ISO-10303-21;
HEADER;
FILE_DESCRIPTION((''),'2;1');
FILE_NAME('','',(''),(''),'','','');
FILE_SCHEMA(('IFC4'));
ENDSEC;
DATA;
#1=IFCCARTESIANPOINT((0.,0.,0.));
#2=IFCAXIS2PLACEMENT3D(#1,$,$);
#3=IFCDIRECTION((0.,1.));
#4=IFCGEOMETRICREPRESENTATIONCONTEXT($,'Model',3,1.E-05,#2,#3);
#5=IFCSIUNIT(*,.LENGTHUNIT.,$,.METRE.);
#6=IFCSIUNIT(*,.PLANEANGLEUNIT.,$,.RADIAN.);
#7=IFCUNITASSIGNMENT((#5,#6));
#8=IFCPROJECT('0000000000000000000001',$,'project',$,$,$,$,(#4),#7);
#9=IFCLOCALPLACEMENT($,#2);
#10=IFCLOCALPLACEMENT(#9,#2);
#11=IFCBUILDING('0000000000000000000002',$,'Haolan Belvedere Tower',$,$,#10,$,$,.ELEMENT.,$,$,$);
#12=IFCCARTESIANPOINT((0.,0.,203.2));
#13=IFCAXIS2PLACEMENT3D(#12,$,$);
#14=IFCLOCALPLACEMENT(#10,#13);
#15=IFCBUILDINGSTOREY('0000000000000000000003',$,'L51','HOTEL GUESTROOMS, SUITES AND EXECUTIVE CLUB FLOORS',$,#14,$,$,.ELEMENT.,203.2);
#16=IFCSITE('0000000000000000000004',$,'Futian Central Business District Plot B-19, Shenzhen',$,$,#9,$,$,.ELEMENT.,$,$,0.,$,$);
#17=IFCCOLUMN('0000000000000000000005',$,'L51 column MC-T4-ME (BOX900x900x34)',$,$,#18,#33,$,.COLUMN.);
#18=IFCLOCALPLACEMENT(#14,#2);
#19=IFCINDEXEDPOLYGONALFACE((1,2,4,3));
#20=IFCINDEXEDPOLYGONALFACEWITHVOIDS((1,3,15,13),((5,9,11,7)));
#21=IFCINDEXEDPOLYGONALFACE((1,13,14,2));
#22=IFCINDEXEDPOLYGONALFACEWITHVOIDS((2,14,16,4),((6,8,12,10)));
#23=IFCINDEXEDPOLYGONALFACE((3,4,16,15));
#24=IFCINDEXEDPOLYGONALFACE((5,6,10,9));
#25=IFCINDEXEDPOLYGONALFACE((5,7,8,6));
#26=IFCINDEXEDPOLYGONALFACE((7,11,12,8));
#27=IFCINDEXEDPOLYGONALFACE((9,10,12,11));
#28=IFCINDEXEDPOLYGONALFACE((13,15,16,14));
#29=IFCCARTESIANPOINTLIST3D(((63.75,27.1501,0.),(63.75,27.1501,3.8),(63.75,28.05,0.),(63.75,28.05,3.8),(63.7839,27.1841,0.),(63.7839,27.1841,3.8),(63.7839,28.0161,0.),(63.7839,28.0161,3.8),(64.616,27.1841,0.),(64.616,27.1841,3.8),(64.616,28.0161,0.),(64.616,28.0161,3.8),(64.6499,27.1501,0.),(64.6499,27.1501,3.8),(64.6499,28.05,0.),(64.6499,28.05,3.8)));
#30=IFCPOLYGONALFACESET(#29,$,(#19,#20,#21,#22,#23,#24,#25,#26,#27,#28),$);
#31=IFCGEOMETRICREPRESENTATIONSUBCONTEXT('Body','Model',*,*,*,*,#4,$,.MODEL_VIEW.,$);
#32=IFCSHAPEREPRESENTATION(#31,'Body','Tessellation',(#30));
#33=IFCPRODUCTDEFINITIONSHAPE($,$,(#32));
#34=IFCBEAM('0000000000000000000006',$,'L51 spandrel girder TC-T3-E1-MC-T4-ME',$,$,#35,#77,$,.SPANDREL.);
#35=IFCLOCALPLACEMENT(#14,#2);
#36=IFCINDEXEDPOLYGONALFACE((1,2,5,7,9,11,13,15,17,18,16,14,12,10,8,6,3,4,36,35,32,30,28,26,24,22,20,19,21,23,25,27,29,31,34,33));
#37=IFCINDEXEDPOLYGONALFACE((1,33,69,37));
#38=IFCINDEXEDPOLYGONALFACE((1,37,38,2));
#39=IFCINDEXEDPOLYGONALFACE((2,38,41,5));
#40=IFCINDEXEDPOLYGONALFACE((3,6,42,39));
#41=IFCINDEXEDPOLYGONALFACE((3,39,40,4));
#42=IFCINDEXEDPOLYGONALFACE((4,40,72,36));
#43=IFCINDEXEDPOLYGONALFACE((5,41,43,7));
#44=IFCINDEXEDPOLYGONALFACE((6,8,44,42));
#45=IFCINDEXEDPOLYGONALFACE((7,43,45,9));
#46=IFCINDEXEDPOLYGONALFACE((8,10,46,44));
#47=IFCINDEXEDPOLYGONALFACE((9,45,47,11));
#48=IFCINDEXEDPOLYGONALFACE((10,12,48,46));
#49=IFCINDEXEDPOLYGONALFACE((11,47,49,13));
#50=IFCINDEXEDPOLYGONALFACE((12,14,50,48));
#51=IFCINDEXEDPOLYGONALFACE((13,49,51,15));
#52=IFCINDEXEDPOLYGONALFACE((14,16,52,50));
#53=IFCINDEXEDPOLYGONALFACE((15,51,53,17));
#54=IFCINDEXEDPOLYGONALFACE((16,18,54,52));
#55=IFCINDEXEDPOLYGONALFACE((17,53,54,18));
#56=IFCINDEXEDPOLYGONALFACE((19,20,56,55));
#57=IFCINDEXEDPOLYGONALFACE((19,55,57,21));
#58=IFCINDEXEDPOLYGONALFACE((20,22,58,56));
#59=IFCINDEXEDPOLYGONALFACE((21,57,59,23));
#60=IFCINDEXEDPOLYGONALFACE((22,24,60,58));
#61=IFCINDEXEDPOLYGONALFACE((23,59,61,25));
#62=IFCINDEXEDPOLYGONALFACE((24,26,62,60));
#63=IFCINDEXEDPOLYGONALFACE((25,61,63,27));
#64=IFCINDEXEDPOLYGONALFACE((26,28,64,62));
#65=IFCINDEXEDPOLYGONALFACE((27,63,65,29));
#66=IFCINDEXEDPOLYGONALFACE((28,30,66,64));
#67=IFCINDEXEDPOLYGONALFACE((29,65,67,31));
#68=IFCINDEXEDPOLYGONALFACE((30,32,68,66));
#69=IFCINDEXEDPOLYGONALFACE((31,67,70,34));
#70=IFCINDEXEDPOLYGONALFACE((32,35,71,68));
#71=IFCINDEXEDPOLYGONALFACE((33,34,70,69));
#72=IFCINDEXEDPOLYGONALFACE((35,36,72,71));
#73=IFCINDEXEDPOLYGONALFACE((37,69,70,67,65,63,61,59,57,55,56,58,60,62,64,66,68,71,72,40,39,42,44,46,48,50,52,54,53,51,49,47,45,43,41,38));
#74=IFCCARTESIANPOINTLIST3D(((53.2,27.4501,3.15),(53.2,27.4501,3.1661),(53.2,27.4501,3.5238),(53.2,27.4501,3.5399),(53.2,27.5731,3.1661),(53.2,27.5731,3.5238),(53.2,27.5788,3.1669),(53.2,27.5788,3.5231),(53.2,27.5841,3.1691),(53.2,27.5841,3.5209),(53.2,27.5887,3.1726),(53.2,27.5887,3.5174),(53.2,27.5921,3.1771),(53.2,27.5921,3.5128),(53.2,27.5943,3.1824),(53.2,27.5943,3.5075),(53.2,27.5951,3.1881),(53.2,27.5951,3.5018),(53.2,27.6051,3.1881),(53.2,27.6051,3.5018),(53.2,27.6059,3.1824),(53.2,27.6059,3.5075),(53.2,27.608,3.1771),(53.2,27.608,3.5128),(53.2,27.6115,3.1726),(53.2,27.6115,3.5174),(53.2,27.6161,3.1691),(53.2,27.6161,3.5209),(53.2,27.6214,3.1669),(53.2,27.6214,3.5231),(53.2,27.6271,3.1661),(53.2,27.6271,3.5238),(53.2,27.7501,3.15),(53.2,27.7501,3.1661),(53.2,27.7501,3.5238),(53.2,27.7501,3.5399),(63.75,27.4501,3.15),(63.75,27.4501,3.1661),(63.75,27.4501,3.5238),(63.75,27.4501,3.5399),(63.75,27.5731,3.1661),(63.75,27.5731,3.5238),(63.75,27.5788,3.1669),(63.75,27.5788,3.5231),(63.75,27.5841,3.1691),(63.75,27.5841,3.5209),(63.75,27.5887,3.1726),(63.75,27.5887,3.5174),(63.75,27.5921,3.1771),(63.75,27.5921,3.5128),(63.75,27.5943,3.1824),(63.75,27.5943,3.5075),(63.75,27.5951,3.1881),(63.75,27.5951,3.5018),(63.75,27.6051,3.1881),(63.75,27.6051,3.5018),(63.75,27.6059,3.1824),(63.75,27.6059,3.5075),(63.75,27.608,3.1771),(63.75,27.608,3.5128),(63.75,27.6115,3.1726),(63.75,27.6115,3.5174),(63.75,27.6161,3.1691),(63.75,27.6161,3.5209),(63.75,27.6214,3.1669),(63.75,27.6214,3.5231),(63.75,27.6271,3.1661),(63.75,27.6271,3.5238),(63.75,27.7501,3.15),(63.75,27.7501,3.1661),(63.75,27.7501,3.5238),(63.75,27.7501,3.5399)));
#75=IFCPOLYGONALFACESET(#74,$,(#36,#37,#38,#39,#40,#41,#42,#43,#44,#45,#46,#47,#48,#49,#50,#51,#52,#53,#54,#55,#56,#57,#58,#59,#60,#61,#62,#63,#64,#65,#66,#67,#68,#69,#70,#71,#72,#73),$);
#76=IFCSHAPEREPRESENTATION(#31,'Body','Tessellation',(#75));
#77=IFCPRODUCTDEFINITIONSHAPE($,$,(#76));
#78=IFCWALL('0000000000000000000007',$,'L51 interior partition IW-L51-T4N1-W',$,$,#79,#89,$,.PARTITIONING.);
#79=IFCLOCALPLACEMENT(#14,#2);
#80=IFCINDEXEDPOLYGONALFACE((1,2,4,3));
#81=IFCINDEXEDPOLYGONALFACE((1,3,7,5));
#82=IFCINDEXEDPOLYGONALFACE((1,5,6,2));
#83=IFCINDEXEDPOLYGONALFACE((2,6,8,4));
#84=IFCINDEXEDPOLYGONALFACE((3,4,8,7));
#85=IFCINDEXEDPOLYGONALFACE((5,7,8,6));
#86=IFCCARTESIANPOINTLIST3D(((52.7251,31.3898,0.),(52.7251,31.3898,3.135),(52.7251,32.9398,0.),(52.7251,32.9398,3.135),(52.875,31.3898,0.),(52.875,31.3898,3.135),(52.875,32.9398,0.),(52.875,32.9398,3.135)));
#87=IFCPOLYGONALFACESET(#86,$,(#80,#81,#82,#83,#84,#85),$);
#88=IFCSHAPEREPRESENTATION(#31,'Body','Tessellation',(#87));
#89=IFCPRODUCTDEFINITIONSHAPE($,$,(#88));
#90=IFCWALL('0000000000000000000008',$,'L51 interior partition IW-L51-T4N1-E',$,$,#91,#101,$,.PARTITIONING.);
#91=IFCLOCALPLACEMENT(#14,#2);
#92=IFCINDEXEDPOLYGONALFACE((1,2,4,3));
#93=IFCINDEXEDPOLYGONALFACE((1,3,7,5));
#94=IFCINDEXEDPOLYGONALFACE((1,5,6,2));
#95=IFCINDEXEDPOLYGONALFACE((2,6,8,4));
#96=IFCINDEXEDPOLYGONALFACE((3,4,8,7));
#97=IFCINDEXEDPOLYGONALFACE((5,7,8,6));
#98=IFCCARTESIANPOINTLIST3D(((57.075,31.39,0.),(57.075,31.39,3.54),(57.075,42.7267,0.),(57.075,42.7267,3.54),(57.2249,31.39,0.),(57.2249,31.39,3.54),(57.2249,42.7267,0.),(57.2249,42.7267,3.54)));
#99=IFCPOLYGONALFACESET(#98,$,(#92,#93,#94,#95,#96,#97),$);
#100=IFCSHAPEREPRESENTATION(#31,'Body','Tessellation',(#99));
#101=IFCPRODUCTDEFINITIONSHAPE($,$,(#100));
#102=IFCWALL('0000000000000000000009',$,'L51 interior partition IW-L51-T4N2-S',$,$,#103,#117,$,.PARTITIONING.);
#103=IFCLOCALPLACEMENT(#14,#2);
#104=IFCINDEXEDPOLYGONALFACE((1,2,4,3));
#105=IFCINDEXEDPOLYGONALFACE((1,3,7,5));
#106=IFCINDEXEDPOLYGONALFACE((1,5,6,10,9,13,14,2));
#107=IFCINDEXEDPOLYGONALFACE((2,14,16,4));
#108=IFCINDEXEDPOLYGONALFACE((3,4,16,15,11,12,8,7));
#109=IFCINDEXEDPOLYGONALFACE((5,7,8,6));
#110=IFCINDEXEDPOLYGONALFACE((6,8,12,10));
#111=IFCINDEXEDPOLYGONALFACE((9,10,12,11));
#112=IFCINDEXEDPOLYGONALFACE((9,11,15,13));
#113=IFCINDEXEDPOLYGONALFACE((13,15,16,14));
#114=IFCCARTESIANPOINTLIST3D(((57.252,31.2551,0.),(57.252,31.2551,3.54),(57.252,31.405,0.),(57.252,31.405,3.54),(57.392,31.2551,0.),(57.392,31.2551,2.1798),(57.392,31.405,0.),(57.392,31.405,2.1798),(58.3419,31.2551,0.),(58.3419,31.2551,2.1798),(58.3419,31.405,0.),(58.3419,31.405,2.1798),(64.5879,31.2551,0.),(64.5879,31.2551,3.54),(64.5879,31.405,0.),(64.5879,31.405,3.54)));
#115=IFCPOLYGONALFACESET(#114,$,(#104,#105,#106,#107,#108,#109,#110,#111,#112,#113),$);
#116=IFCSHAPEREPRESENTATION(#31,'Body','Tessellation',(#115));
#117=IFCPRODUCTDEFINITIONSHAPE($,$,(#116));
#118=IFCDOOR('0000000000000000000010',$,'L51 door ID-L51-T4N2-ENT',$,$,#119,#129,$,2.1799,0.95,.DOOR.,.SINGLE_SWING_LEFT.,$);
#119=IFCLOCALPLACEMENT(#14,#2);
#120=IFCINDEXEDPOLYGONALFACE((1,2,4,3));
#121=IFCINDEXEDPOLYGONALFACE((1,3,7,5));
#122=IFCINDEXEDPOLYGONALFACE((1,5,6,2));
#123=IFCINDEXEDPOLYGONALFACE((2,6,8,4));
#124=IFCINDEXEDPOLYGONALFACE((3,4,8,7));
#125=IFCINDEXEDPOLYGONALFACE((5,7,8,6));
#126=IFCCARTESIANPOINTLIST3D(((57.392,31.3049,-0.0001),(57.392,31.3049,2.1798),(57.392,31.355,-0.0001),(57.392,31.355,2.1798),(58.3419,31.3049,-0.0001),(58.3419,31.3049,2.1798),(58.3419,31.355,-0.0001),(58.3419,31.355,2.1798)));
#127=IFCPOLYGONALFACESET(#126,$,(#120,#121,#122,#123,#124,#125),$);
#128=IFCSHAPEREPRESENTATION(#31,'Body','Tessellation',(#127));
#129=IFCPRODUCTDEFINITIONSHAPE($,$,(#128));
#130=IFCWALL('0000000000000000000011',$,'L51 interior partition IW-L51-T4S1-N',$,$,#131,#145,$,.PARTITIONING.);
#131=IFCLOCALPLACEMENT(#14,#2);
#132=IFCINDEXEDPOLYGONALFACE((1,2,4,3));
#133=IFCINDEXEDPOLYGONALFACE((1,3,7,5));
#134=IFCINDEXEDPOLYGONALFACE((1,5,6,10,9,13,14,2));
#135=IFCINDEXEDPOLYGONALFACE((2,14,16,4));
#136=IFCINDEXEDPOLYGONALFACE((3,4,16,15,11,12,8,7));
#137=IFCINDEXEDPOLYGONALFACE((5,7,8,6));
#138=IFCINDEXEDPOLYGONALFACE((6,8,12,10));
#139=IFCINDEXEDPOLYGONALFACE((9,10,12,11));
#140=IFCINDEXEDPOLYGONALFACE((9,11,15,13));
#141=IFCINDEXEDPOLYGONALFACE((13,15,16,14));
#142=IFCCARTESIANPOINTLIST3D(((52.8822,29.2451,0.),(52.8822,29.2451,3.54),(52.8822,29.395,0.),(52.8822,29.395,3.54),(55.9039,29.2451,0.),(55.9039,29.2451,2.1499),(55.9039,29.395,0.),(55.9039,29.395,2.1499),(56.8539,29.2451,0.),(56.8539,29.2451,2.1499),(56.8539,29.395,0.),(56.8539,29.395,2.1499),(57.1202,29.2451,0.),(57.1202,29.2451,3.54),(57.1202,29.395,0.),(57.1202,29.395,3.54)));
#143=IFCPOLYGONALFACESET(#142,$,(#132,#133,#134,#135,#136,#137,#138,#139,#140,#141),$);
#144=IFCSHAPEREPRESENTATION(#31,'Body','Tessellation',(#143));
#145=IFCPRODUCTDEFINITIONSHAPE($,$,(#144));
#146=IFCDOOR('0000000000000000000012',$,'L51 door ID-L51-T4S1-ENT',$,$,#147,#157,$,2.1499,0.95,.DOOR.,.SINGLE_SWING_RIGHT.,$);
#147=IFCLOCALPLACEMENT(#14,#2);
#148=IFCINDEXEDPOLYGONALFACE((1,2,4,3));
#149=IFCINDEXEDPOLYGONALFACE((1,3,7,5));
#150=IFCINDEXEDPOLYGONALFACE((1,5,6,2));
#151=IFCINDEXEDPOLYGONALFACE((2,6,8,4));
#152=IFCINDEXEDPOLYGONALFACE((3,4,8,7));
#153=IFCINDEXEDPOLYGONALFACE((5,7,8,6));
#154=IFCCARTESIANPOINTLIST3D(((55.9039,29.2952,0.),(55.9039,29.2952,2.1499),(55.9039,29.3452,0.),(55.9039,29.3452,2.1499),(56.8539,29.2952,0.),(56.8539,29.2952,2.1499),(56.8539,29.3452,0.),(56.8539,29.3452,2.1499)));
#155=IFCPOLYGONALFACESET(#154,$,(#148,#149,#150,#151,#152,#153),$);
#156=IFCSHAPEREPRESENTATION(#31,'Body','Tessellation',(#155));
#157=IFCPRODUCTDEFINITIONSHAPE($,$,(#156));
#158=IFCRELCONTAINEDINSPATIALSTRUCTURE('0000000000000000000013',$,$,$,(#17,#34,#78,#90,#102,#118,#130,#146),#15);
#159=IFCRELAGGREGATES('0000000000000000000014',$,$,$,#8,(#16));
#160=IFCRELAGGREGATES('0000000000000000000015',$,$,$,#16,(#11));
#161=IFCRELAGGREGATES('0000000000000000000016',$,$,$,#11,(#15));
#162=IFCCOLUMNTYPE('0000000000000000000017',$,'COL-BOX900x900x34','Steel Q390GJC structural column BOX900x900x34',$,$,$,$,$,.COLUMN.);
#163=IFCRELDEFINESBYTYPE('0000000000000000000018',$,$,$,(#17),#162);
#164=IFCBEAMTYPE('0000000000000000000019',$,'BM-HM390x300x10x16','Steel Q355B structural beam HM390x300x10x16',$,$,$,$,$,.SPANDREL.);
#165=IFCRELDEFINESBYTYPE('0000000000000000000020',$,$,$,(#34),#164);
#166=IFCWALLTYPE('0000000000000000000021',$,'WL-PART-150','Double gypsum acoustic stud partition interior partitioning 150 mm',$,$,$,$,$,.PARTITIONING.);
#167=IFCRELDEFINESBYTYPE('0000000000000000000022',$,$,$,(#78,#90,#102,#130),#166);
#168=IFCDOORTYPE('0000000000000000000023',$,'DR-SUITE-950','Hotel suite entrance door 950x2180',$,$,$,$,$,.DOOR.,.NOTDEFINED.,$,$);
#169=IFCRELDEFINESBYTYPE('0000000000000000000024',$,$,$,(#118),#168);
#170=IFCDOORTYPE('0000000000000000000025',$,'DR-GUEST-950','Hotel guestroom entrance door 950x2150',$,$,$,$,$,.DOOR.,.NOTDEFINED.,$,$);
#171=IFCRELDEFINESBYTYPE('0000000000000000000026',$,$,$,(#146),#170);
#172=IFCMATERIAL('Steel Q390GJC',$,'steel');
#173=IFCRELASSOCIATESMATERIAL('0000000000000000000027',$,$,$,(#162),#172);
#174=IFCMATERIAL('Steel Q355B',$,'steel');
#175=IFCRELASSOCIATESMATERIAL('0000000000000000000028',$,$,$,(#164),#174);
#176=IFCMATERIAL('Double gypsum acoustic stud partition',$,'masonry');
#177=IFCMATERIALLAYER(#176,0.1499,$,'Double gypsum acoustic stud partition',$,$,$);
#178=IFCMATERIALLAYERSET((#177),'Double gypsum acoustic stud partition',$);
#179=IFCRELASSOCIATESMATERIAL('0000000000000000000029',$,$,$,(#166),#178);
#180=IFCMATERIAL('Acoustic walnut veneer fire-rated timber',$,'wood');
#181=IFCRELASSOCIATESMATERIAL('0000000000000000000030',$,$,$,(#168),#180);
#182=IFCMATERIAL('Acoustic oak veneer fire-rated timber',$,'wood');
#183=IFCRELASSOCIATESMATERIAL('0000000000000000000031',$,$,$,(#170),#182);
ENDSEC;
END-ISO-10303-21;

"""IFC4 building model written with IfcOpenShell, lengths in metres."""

from ifc_helpers import new_model, si_unit, direction, frame, frame_2d, origin, origin_2d, place, context, subcontext, project, spatial, rectangle, hollow_rectangle, i_section, extrude, material, layer, layer_set, material_profile, profile_set, type_object, element, fill, save


model = new_model("IFC4")

# Units and contexts
model_context = context("Model", 3, precision=1e-05, world=origin(), true_north=direction((0.0, 1.0)))
body_context = subcontext(model_context, "Body", "Model", "MODEL_VIEW")
ifc_project = project(units=[si_unit("LENGTHUNIT", "METRE"), si_unit("PLANEANGLEUNIT", "RADIAN")], contexts=[model_context])

# Site, building, storey
site_placement = place(None, origin())
site = spatial("IfcSite", under=ifc_project, at=site_placement, Name="Futian Central Business District Plot B-19, Shenzhen", CompositionType="ELEMENT", RefElevation=0.0)
building_placement = place(site_placement, origin())
building = spatial("IfcBuilding", under=site, at=building_placement, Name="Haolan Belvedere Tower", CompositionType="ELEMENT")
storey_placement = place(building_placement, frame((0.0, 0.0, 203.2)))
storey = spatial("IfcBuildingStorey", under=building, at=storey_placement, Name="L51", Description="HOTEL GUESTROOMS, SUITES AND EXECUTIVE CLUB FLOORS", CompositionType="ELEMENT", Elevation=203.2)

# Column
ifc_material_1 = material(Name="Steel Q390GJC", Category="steel")
ifc_material_profile_1 = material_profile(ifc_material_1, hollow_rectangle(XDim=0.8999, YDim=0.8999, WallThickness=0.0339, at=origin_2d()), Name="Steel Q390GJC")
ifc_profile_set_1 = profile_set([ifc_material_profile_1], Name="Steel Q390GJC")
column_type = type_object("IfcColumnType", Name="COL-BOX900x900x34", Description="Steel Q390GJC structural column BOX900x900x34", PredefinedType="COLUMN", material=ifc_profile_set_1)
column_placement = place(storey_placement, frame((64.2, 27.6001, 0.0), z_axis=(0.0, 0.0, 1.0), x_axis=(1.0, 0.0, 0.0)))
element("IfcColumn", 1, at=column_placement, inside=storey, type_object=column_type, Name="L51 column MC-T4-ME (BOX900x900x34)", PredefinedType="COLUMN", context=body_context, shape_type="SweptSolid", body=[
    extrude(hollow_rectangle(XDim=0.8999, YDim=0.8999, WallThickness=0.0339, at=origin_2d()), origin(), (0.0, 0.0, 1.0), 3.8),
])

# Beam
ifc_material_2 = material(Name="Steel Q355B", Category="steel")
ifc_material_profile_2 = material_profile(ifc_material_2, i_section(OverallWidth=0.3, OverallDepth=0.3899, WebThickness=0.01, FlangeThickness=0.0161, FilletRadius=0.022, at=origin_2d()), Name="Steel Q355B")
ifc_profile_set_2 = profile_set([ifc_material_profile_2], Name="Steel Q355B")
beam_type = type_object("IfcBeamType", Name="BM-HM390x300x10x16", Description="Steel Q355B structural beam HM390x300x10x16", PredefinedType="SPANDREL", material=ifc_profile_set_2)
beam_placement = place(storey_placement, frame((53.2, 27.6001, 3.345), z_axis=(1.0, 0.0, 0.0), x_axis=(0.0, 1.0, 0.0)))
element("IfcBeam", 2, at=beam_placement, inside=storey, type_object=beam_type, Name="L51 spandrel girder TC-T3-E1-MC-T4-ME", PredefinedType="SPANDREL", context=body_context, shape_type="SweptSolid", body=[
    extrude(i_section(OverallWidth=0.3, OverallDepth=0.3899, WebThickness=0.01, FlangeThickness=0.0161, FilletRadius=0.022, at=origin_2d()), origin(), (0.0, 0.0, 1.0), 10.55),
])

# Walls
ifc_material_3 = material(Name="Double gypsum acoustic stud partition", Category="masonry")
ifc_layer_1 = layer(ifc_material_3, 0.1499, Name="Double gypsum acoustic stud partition")
ifc_layer_set_1 = layer_set([ifc_layer_1], Name="Double gypsum acoustic stud partition")
wall_type_1 = type_object("IfcWallType", Name="WL-PART-150", Description="Double gypsum acoustic stud partition interior partitioning 150 mm", PredefinedType="PARTITIONING", material=ifc_layer_set_1)
wall_1_placement = place(storey_placement, frame((52.8, 31.3899, 0.0), z_axis=(0.0, 0.0, 1.0), x_axis=(0.0, 1.0, 0.0)))
element("IfcWall", 3, at=wall_1_placement, inside=storey, type_object=wall_type_1, Name="L51 interior partition IW-L51-T4N1-W", PredefinedType="PARTITIONING", context=body_context, shape_type="SweptSolid", body=[
    extrude(rectangle(XDim=1.55, YDim=0.1499, at=frame_2d((0.7749, 0.0))), origin(), (0.0, 0.0, 1.0), 3.135),
])
wall_2_placement = place(storey_placement, frame((57.1499, 31.3899, 0.0), z_axis=(0.0, 0.0, 1.0), x_axis=(0.0, 1.0, 0.0)))
element("IfcWall", 4, at=wall_2_placement, inside=storey, type_object=wall_type_1, Name="L51 interior partition IW-L51-T4N1-E", PredefinedType="PARTITIONING", context=body_context, shape_type="SweptSolid", body=[
    extrude(rectangle(XDim=11.3367, YDim=0.1499, at=frame_2d((5.6685, 0.0))), origin(), (0.0, 0.0, 1.0), 3.54),
])

# Walls, openings, doors
wall_3_placement = place(storey_placement, frame((57.252, 31.3301, 0.0), z_axis=(0.0, 0.0, 1.0), x_axis=(1.0, 0.0, 0.0)))
wall_3 = element("IfcWall", 5, at=wall_3_placement, inside=storey, type_object=wall_type_1, Name="L51 interior partition IW-L51-T4N2-S", PredefinedType="PARTITIONING", context=body_context, shape_type="SweptSolid", body=[
    extrude(rectangle(XDim=7.3359, YDim=0.1499, at=frame_2d((3.668, 0.0))), origin(), (0.0, 0.0, 1.0), 3.54),
])
opening_1_placement = place(wall_3_placement, frame((0.1399, 0.0, 0.0)))
opening_1 = element("IfcOpeningElement", 6, at=opening_1_placement, cuts=wall_3, PredefinedType="OPENING", context=body_context, shape_type="SweptSolid", body=[
    extrude(rectangle(XDim=0.95, YDim=2.1799, at=frame_2d((0.4751, 1.0898))), frame((0.0, 0.085, 0.0), z_axis=(0.0, -1.0, 0.0), x_axis=(1.0, 0.0, 0.0)), (0.0, 0.0, 1.0), 0.1699),
])
ifc_material_4 = material(Name="Acoustic walnut veneer fire-rated timber", Category="wood")
door_type_1 = type_object("IfcDoorType", Name="DR-SUITE-950", Description="Hotel suite entrance door 950x2180", OperationType="NOTDEFINED", PredefinedType="DOOR", material=ifc_material_4)
door_1_placement = place(opening_1_placement, origin())
door_1 = element("IfcDoor", 7, at=door_1_placement, inside=storey, type_object=door_type_1, Name="L51 door ID-L51-T4N2-ENT", OperationType="SINGLE_SWING_LEFT", OverallHeight=2.1799, OverallWidth=0.95, PredefinedType="DOOR", context=body_context, shape_type="SweptSolid", body=[
    extrude(rectangle(XDim=0.95, YDim=2.1799, at=frame_2d((0.4751, 1.0898))), frame((0.0, 0.0249, 0.0), z_axis=(0.0, -1.0, 0.0), x_axis=(1.0, 0.0, 0.0)), (0.0, 0.0, 1.0), 0.05),
])
fill(opening_1, door_1)
wall_4_placement = place(storey_placement, frame((52.8821, 29.3201, 0.0), z_axis=(0.0, 0.0, 1.0), x_axis=(1.0, 0.0, 0.0)))
wall_4 = element("IfcWall", 8, at=wall_4_placement, inside=storey, type_object=wall_type_1, Name="L51 interior partition IW-L51-T4S1-N", PredefinedType="PARTITIONING", context=body_context, shape_type="SweptSolid", body=[
    extrude(rectangle(XDim=4.238, YDim=0.1499, at=frame_2d((2.1191, 0.0))), origin(), (0.0, 0.0, 1.0), 3.54),
])
opening_2_placement = place(wall_4_placement, frame((3.9719, 0.0, 0.0), z_axis=(0.0, 0.0, 1.0), x_axis=(-1.0, 0.0, 0.0)))
opening_2 = element("IfcOpeningElement", 9, at=opening_2_placement, cuts=wall_4, PredefinedType="OPENING", context=body_context, shape_type="SweptSolid", body=[
    extrude(rectangle(XDim=0.95, YDim=2.1499, at=frame_2d((0.4751, 1.075))), frame((0.0, 0.085, 0.0), z_axis=(0.0, -1.0, 0.0), x_axis=(1.0, 0.0, 0.0)), (0.0, 0.0, 1.0), 0.1699),
])
ifc_material_5 = material(Name="Acoustic oak veneer fire-rated timber", Category="wood")
door_type_2 = type_object("IfcDoorType", Name="DR-GUEST-950", Description="Hotel guestroom entrance door 950x2150", OperationType="NOTDEFINED", PredefinedType="DOOR", material=ifc_material_5)
door_2_placement = place(opening_2_placement, origin())
door_2 = element("IfcDoor", 10, at=door_2_placement, inside=storey, type_object=door_type_2, Name="L51 door ID-L51-T4S1-ENT", OperationType="SINGLE_SWING_RIGHT", OverallHeight=2.1499, OverallWidth=0.95, PredefinedType="DOOR", context=body_context, shape_type="SweptSolid", body=[
    extrude(rectangle(XDim=0.95, YDim=2.1499, at=frame_2d((0.4751, 1.075))), frame((0.0, 0.0249, 0.0), z_axis=(0.0, -1.0, 0.0), x_axis=(1.0, 0.0, 0.0)), (0.0, 0.0, 1.0), 0.05),
])
fill(opening_2, door_2)

save(model, "model.ifc")
